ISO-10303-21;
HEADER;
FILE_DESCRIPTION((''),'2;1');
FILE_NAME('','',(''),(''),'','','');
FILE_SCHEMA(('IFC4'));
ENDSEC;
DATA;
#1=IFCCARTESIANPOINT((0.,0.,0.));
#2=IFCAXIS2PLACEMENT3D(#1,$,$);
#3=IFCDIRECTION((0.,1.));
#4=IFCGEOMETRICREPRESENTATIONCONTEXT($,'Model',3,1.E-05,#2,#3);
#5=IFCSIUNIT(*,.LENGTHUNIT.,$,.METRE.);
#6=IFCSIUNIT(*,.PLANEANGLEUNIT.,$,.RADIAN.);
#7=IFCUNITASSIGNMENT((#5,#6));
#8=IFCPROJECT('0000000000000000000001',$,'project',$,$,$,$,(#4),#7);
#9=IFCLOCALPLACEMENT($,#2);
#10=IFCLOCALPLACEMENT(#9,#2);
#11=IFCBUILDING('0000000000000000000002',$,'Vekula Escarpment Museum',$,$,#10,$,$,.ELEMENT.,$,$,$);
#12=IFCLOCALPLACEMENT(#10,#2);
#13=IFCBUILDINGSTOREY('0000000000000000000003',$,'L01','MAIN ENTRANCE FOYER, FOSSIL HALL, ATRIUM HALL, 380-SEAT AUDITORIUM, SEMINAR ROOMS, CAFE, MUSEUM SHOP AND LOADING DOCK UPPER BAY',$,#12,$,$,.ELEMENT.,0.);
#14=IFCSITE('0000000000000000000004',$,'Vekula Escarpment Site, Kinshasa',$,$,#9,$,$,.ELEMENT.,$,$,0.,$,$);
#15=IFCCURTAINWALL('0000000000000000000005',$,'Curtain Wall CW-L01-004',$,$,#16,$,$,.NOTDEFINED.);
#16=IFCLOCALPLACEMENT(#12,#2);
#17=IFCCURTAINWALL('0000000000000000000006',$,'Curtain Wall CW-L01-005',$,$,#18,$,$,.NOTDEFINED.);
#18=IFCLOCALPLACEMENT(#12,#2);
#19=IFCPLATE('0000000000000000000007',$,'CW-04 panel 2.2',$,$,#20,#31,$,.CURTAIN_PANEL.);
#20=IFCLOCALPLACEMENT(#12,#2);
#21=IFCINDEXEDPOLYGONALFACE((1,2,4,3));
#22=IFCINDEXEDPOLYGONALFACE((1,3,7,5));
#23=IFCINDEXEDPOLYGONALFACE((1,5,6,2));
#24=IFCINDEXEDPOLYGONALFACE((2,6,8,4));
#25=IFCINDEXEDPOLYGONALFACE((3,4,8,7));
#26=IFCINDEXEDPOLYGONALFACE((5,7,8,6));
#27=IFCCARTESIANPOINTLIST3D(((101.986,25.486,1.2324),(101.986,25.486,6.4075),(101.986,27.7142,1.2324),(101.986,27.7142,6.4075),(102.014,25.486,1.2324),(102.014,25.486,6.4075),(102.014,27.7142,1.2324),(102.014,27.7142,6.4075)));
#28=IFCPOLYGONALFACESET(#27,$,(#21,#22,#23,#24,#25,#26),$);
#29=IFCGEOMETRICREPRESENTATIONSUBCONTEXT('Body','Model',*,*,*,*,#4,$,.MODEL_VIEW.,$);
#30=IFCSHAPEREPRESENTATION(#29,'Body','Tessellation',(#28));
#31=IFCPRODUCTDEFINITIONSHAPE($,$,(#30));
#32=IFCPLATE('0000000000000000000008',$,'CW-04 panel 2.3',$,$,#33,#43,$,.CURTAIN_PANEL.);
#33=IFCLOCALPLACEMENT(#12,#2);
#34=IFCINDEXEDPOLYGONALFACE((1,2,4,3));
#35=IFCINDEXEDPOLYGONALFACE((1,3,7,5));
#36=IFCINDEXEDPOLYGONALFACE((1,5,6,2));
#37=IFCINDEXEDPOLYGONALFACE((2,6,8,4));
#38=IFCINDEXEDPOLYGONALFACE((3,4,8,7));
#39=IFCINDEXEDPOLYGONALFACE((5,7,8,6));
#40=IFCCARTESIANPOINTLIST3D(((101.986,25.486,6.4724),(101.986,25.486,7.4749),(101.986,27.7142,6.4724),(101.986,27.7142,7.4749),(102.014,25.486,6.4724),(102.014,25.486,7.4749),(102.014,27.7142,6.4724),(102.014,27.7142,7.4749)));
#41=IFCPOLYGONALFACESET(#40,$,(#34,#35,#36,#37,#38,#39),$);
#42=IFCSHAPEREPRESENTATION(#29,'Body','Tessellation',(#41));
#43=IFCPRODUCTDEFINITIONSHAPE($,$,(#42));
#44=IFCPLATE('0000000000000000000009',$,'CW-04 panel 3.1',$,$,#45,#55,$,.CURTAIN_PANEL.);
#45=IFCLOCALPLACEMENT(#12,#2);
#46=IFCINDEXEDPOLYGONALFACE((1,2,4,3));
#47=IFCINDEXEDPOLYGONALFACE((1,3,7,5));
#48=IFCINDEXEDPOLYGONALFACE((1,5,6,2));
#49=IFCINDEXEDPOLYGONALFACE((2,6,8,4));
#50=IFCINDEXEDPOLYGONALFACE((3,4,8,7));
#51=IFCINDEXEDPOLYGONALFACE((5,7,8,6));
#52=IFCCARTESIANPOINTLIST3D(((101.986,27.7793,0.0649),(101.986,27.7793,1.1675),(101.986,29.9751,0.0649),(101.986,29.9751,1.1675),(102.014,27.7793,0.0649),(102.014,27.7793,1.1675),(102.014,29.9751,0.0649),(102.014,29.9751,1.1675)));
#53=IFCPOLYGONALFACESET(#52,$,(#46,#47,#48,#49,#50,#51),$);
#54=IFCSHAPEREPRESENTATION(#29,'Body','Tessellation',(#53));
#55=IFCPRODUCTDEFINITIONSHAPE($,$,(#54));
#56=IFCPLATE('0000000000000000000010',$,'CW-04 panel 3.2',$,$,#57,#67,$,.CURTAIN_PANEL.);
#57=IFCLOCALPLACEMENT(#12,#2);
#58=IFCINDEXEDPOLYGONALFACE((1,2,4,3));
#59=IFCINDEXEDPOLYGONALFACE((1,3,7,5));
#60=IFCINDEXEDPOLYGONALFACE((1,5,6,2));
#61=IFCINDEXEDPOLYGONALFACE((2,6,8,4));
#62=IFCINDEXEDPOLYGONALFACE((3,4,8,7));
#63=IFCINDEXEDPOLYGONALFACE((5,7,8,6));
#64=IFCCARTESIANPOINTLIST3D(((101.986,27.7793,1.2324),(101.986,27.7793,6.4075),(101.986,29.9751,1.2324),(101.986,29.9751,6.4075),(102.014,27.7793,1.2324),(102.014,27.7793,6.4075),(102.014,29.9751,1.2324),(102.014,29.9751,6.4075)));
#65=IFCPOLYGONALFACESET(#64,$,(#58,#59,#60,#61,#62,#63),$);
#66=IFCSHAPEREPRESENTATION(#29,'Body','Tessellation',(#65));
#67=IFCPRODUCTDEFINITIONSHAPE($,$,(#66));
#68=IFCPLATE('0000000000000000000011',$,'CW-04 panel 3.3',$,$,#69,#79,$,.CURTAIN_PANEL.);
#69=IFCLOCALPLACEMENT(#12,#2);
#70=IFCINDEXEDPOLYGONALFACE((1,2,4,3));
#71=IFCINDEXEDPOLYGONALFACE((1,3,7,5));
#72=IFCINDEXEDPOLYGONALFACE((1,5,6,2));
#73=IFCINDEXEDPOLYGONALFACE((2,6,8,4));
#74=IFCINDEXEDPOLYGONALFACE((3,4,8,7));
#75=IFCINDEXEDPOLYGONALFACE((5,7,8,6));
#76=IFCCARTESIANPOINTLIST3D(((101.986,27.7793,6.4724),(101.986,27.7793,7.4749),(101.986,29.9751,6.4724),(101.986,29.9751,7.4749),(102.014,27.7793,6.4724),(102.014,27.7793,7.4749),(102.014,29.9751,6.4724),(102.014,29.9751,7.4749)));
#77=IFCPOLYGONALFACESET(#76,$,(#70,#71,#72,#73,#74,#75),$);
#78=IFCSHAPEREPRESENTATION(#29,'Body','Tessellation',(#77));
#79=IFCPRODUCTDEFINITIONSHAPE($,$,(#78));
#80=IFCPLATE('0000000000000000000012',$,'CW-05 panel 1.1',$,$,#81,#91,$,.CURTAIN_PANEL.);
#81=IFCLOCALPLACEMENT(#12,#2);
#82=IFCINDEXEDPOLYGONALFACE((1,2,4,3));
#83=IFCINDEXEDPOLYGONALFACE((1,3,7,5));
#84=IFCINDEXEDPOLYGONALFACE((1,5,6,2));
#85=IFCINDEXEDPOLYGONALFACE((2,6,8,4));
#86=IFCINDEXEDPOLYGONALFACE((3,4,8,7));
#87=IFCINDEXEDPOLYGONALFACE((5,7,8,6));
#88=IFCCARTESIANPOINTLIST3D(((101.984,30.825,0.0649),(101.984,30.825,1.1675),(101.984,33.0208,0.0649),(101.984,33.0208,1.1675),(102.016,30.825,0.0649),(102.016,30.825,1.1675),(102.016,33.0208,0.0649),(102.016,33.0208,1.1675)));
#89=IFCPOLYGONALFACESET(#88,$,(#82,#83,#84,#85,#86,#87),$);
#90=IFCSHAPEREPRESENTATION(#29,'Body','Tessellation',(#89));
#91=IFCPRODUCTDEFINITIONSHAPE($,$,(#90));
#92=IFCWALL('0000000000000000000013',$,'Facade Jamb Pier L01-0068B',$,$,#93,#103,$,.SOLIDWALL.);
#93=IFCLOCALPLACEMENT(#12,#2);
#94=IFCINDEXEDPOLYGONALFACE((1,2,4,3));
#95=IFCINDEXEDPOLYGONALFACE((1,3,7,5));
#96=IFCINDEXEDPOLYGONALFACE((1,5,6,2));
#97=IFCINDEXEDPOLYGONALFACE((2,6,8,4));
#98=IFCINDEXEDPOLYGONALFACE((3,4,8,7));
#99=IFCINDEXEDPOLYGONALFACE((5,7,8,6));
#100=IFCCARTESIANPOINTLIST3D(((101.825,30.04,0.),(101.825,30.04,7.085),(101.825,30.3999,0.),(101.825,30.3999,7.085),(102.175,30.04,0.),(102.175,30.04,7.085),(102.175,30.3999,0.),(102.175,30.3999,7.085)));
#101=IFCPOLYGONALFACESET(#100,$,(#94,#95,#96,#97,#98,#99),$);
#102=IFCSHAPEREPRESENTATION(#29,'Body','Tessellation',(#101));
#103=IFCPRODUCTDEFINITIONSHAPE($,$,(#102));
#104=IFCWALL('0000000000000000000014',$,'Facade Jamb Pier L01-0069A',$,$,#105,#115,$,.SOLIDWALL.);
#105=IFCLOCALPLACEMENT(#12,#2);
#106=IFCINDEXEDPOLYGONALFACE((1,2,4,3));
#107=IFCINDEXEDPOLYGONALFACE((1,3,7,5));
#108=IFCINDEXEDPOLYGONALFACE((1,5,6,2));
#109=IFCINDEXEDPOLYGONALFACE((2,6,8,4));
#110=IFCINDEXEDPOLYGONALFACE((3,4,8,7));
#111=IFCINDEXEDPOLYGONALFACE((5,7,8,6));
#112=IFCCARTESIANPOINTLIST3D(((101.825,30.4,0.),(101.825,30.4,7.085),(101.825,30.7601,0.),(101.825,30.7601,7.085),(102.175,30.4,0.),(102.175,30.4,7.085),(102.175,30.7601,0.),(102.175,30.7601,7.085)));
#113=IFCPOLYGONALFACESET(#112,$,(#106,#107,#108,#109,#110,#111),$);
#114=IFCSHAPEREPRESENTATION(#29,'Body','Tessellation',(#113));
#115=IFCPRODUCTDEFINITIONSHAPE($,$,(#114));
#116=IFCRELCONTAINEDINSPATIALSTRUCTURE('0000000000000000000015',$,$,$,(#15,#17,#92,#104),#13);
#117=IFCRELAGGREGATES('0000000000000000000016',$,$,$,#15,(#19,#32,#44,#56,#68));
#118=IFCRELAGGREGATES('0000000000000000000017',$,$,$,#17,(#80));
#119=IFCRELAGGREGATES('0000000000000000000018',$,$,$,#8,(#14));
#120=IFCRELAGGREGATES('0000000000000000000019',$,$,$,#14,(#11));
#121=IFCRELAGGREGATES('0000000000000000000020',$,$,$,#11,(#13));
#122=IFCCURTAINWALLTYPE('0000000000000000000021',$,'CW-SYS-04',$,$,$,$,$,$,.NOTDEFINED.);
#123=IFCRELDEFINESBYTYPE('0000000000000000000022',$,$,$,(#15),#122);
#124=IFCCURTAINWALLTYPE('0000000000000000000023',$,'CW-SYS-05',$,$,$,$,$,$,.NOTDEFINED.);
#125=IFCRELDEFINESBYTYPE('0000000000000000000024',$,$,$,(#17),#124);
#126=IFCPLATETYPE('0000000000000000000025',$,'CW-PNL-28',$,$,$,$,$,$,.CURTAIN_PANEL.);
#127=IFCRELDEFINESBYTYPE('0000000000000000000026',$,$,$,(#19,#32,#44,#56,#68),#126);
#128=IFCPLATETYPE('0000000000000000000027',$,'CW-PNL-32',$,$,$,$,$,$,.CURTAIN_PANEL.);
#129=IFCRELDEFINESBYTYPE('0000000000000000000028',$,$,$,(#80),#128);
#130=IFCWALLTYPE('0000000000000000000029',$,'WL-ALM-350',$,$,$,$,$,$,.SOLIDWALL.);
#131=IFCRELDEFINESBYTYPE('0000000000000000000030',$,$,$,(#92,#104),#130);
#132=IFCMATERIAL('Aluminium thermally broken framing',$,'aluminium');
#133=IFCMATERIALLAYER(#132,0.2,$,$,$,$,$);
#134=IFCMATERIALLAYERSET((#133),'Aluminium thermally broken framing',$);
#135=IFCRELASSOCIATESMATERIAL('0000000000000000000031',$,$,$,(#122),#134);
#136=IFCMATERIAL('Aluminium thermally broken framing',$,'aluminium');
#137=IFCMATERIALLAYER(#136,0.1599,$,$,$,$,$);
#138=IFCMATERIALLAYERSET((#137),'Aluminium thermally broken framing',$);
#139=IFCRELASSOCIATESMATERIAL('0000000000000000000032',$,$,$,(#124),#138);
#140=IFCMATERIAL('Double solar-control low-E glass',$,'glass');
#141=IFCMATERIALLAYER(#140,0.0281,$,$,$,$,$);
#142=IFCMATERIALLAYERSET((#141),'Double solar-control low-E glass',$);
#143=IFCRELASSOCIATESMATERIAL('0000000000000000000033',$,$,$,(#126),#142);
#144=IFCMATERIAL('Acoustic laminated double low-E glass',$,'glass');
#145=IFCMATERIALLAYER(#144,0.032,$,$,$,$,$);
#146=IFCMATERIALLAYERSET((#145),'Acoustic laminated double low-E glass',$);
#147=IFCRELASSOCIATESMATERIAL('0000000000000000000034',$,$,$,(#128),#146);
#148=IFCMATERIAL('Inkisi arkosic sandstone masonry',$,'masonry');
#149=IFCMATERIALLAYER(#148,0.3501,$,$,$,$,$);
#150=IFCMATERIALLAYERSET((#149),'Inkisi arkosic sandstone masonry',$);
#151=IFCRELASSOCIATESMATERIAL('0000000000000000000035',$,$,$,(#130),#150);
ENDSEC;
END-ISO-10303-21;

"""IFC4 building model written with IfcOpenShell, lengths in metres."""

from ifc_helpers import new_model, si_unit, direction, frame, frame_2d, origin, origin_2d, place, context, subcontext, project, spatial, rectangle, extrude, material, layer, layer_set, type_object, element, aggregate, save


model = new_model("IFC4")

# Units and contexts
model_context = context("Model", 3, precision=1e-05, world=origin(), true_north=direction((0.0, 1.0)))
body_context = subcontext(model_context, "Body", "Model", "MODEL_VIEW")
ifc_project = project(units=[si_unit("LENGTHUNIT", "METRE"), si_unit("PLANEANGLEUNIT", "RADIAN")], contexts=[model_context])

# Site, building, storey
site_placement = place(None, origin())
site = spatial("IfcSite", under=ifc_project, at=site_placement, Name="Vekula Escarpment Site, Kinshasa", CompositionType="ELEMENT", RefElevation=0.0)
building_placement = place(site_placement, origin())
building = spatial("IfcBuilding", under=site, at=building_placement, Name="Vekula Escarpment Museum", CompositionType="ELEMENT")
storey_placement = place(building_placement, origin())
storey = spatial("IfcBuildingStorey", under=building, at=storey_placement, Name="L01", Description="MAIN ENTRANCE FOYER, FOSSIL HALL, ATRIUM HALL, 380-SEAT AUDITORIUM, SEMINAR ROOMS, CAFE, MUSEUM SHOP AND LOADING DOCK UPPER BAY", CompositionType="ELEMENT", Elevation=0.0)

# Curtain wall
ifc_material_1 = material(Name="Aluminium thermally broken framing", Category="aluminium")
ifc_layer_1 = layer(ifc_material_1, 0.2)
ifc_layer_set_1 = layer_set([ifc_layer_1], Name="Aluminium thermally broken framing")
curtain_wall_type_1 = type_object("IfcCurtainWallType", Name="CW-SYS-04", PredefinedType="NOTDEFINED", material=ifc_layer_set_1)
curtain_wall_1_placement = place(storey_placement, origin())
curtain_wall_1 = element("IfcCurtainWall", 1, at=curtain_wall_1_placement, inside=storey, type_object=curtain_wall_type_1, Name="Curtain Wall CW-L01-004", PredefinedType="NOTDEFINED")

# Curtain wall
ifc_material_2 = material(Name="Aluminium thermally broken framing", Category="aluminium")
ifc_layer_2 = layer(ifc_material_2, 0.1599)
ifc_layer_set_2 = layer_set([ifc_layer_2], Name="Aluminium thermally broken framing")
curtain_wall_type_2 = type_object("IfcCurtainWallType", Name="CW-SYS-05", PredefinedType="NOTDEFINED", material=ifc_layer_set_2)
curtain_wall_2_placement = place(storey_placement, origin())
curtain_wall_2 = element("IfcCurtainWall", 2, at=curtain_wall_2_placement, inside=storey, type_object=curtain_wall_type_2, Name="Curtain Wall CW-L01-005", PredefinedType="NOTDEFINED")

# Plates
ifc_material_3 = material(Name="Double solar-control low-E glass", Category="glass")
ifc_layer_3 = layer(ifc_material_3, 0.0281)
ifc_layer_set_3 = layer_set([ifc_layer_3], Name="Double solar-control low-E glass")
plate_type_1 = type_object("IfcPlateType", Name="CW-PNL-28", PredefinedType="CURTAIN_PANEL", material=ifc_layer_set_3)
plate_1_placement = place(storey_placement, frame((102.0, 26.6001, 1.2324), z_axis=(0.0, 0.0, 1.0), x_axis=(0.0, 1.0, 0.0)))
plate_1 = element("IfcPlate", 3, at=plate_1_placement, type_object=plate_type_1, Name="CW-04 panel 2.2", PredefinedType="CURTAIN_PANEL", context=body_context, shape_type="SweptSolid", body=[
    extrude(rectangle(XDim=2.2283, YDim=0.0281, at=origin_2d()), origin(), (0.0, 0.0, 1.0), 5.175),
])
plate_2_placement = place(storey_placement, frame((102.0, 26.6001, 6.4724), z_axis=(0.0, 0.0, 1.0), x_axis=(0.0, 1.0, 0.0)))
plate_2 = element("IfcPlate", 4, at=plate_2_placement, type_object=plate_type_1, Name="CW-04 panel 2.3", PredefinedType="CURTAIN_PANEL", context=body_context, shape_type="SweptSolid", body=[
    extrude(rectangle(XDim=2.2283, YDim=0.0281, at=origin_2d()), origin(), (0.0, 0.0, 1.0), 1.0024),
])
plate_3_placement = place(storey_placement, frame((102.0, 28.8772, 0.0649), z_axis=(0.0, 0.0, 1.0), x_axis=(0.0, 1.0, 0.0)))
plate_3 = element("IfcPlate", 5, at=plate_3_placement, type_object=plate_type_1, Name="CW-04 panel 3.1", PredefinedType="CURTAIN_PANEL", context=body_context, shape_type="SweptSolid", body=[
    extrude(rectangle(XDim=2.1958, YDim=0.0281, at=origin_2d()), origin(), (0.0, 0.0, 1.0), 1.1025),
])
plate_4_placement = place(storey_placement, frame((102.0, 28.8772, 1.2324), z_axis=(0.0, 0.0, 1.0), x_axis=(0.0, 1.0, 0.0)))
plate_4 = element("IfcPlate", 6, at=plate_4_placement, type_object=plate_type_1, Name="CW-04 panel 3.2", PredefinedType="CURTAIN_PANEL", context=body_context, shape_type="SweptSolid", body=[
    extrude(rectangle(XDim=2.1958, YDim=0.0281, at=origin_2d()), origin(), (0.0, 0.0, 1.0), 5.175),
])
plate_5_placement = place(storey_placement, frame((102.0, 28.8772, 6.4724), z_axis=(0.0, 0.0, 1.0), x_axis=(0.0, 1.0, 0.0)))
plate_5 = element("IfcPlate", 7, at=plate_5_placement, type_object=plate_type_1, Name="CW-04 panel 3.3", PredefinedType="CURTAIN_PANEL", context=body_context, shape_type="SweptSolid", body=[
    extrude(rectangle(XDim=2.1958, YDim=0.0281, at=origin_2d()), origin(), (0.0, 0.0, 1.0), 1.0024),
])
aggregate(curtain_wall_1, [plate_1, plate_2, plate_3, plate_4, plate_5])
ifc_material_4 = material(Name="Acoustic laminated double low-E glass", Category="glass")
ifc_layer_4 = layer(ifc_material_4, 0.032)
ifc_layer_set_4 = layer_set([ifc_layer_4], Name="Acoustic laminated double low-E glass")
plate_type_2 = type_object("IfcPlateType", Name="CW-PNL-32", PredefinedType="CURTAIN_PANEL", material=ifc_layer_set_4)
plate_6_placement = place(storey_placement, frame((102.0, 31.9229, 0.0649), z_axis=(0.0, 0.0, 1.0), x_axis=(0.0, 1.0, 0.0)))
plate_6 = element("IfcPlate", 8, at=plate_6_placement, type_object=plate_type_2, Name="CW-05 panel 1.1", PredefinedType="CURTAIN_PANEL", context=body_context, shape_type="SweptSolid", body=[
    extrude(rectangle(XDim=2.1958, YDim=0.032, at=origin_2d()), origin(), (0.0, 0.0, 1.0), 1.1025),
])
aggregate(curtain_wall_2, [plate_6])

# Walls
ifc_material_5 = material(Name="Inkisi arkosic sandstone masonry", Category="masonry")
ifc_layer_5 = layer(ifc_material_5, 0.3501)
ifc_layer_set_5 = layer_set([ifc_layer_5], Name="Inkisi arkosic sandstone masonry")
wall_type = type_object("IfcWallType", Name="WL-ALM-350", PredefinedType="SOLIDWALL", material=ifc_layer_set_5)
wall_1_placement = place(storey_placement, frame((102.0, 30.04, 0.0), z_axis=(0.0, 0.0, 1.0), x_axis=(0.0, 1.0, 0.0)))
element("IfcWall", 9, at=wall_1_placement, inside=storey, type_object=wall_type, Name="Facade Jamb Pier L01-0068B", PredefinedType="SOLIDWALL", context=body_context, shape_type="SweptSolid", body=[
    extrude(rectangle(XDim=0.3599, YDim=0.3501, at=frame_2d((0.1799, 0.0))), origin(), (0.0, 0.0, 1.0), 7.085),
])
wall_2_placement = place(storey_placement, frame((102.0, 30.3999, 0.0), z_axis=(0.0, 0.0, 1.0), x_axis=(0.0, 1.0, 0.0)))
element("IfcWall", 10, at=wall_2_placement, inside=storey, type_object=wall_type, Name="Facade Jamb Pier L01-0069A", PredefinedType="SOLIDWALL", context=body_context, shape_type="SweptSolid", body=[
    extrude(rectangle(XDim=0.3601, YDim=0.3501, at=frame_2d((0.1802, 0.0))), origin(), (0.0, 0.0, 1.0), 7.085),
])

save(model, "model.ifc")
